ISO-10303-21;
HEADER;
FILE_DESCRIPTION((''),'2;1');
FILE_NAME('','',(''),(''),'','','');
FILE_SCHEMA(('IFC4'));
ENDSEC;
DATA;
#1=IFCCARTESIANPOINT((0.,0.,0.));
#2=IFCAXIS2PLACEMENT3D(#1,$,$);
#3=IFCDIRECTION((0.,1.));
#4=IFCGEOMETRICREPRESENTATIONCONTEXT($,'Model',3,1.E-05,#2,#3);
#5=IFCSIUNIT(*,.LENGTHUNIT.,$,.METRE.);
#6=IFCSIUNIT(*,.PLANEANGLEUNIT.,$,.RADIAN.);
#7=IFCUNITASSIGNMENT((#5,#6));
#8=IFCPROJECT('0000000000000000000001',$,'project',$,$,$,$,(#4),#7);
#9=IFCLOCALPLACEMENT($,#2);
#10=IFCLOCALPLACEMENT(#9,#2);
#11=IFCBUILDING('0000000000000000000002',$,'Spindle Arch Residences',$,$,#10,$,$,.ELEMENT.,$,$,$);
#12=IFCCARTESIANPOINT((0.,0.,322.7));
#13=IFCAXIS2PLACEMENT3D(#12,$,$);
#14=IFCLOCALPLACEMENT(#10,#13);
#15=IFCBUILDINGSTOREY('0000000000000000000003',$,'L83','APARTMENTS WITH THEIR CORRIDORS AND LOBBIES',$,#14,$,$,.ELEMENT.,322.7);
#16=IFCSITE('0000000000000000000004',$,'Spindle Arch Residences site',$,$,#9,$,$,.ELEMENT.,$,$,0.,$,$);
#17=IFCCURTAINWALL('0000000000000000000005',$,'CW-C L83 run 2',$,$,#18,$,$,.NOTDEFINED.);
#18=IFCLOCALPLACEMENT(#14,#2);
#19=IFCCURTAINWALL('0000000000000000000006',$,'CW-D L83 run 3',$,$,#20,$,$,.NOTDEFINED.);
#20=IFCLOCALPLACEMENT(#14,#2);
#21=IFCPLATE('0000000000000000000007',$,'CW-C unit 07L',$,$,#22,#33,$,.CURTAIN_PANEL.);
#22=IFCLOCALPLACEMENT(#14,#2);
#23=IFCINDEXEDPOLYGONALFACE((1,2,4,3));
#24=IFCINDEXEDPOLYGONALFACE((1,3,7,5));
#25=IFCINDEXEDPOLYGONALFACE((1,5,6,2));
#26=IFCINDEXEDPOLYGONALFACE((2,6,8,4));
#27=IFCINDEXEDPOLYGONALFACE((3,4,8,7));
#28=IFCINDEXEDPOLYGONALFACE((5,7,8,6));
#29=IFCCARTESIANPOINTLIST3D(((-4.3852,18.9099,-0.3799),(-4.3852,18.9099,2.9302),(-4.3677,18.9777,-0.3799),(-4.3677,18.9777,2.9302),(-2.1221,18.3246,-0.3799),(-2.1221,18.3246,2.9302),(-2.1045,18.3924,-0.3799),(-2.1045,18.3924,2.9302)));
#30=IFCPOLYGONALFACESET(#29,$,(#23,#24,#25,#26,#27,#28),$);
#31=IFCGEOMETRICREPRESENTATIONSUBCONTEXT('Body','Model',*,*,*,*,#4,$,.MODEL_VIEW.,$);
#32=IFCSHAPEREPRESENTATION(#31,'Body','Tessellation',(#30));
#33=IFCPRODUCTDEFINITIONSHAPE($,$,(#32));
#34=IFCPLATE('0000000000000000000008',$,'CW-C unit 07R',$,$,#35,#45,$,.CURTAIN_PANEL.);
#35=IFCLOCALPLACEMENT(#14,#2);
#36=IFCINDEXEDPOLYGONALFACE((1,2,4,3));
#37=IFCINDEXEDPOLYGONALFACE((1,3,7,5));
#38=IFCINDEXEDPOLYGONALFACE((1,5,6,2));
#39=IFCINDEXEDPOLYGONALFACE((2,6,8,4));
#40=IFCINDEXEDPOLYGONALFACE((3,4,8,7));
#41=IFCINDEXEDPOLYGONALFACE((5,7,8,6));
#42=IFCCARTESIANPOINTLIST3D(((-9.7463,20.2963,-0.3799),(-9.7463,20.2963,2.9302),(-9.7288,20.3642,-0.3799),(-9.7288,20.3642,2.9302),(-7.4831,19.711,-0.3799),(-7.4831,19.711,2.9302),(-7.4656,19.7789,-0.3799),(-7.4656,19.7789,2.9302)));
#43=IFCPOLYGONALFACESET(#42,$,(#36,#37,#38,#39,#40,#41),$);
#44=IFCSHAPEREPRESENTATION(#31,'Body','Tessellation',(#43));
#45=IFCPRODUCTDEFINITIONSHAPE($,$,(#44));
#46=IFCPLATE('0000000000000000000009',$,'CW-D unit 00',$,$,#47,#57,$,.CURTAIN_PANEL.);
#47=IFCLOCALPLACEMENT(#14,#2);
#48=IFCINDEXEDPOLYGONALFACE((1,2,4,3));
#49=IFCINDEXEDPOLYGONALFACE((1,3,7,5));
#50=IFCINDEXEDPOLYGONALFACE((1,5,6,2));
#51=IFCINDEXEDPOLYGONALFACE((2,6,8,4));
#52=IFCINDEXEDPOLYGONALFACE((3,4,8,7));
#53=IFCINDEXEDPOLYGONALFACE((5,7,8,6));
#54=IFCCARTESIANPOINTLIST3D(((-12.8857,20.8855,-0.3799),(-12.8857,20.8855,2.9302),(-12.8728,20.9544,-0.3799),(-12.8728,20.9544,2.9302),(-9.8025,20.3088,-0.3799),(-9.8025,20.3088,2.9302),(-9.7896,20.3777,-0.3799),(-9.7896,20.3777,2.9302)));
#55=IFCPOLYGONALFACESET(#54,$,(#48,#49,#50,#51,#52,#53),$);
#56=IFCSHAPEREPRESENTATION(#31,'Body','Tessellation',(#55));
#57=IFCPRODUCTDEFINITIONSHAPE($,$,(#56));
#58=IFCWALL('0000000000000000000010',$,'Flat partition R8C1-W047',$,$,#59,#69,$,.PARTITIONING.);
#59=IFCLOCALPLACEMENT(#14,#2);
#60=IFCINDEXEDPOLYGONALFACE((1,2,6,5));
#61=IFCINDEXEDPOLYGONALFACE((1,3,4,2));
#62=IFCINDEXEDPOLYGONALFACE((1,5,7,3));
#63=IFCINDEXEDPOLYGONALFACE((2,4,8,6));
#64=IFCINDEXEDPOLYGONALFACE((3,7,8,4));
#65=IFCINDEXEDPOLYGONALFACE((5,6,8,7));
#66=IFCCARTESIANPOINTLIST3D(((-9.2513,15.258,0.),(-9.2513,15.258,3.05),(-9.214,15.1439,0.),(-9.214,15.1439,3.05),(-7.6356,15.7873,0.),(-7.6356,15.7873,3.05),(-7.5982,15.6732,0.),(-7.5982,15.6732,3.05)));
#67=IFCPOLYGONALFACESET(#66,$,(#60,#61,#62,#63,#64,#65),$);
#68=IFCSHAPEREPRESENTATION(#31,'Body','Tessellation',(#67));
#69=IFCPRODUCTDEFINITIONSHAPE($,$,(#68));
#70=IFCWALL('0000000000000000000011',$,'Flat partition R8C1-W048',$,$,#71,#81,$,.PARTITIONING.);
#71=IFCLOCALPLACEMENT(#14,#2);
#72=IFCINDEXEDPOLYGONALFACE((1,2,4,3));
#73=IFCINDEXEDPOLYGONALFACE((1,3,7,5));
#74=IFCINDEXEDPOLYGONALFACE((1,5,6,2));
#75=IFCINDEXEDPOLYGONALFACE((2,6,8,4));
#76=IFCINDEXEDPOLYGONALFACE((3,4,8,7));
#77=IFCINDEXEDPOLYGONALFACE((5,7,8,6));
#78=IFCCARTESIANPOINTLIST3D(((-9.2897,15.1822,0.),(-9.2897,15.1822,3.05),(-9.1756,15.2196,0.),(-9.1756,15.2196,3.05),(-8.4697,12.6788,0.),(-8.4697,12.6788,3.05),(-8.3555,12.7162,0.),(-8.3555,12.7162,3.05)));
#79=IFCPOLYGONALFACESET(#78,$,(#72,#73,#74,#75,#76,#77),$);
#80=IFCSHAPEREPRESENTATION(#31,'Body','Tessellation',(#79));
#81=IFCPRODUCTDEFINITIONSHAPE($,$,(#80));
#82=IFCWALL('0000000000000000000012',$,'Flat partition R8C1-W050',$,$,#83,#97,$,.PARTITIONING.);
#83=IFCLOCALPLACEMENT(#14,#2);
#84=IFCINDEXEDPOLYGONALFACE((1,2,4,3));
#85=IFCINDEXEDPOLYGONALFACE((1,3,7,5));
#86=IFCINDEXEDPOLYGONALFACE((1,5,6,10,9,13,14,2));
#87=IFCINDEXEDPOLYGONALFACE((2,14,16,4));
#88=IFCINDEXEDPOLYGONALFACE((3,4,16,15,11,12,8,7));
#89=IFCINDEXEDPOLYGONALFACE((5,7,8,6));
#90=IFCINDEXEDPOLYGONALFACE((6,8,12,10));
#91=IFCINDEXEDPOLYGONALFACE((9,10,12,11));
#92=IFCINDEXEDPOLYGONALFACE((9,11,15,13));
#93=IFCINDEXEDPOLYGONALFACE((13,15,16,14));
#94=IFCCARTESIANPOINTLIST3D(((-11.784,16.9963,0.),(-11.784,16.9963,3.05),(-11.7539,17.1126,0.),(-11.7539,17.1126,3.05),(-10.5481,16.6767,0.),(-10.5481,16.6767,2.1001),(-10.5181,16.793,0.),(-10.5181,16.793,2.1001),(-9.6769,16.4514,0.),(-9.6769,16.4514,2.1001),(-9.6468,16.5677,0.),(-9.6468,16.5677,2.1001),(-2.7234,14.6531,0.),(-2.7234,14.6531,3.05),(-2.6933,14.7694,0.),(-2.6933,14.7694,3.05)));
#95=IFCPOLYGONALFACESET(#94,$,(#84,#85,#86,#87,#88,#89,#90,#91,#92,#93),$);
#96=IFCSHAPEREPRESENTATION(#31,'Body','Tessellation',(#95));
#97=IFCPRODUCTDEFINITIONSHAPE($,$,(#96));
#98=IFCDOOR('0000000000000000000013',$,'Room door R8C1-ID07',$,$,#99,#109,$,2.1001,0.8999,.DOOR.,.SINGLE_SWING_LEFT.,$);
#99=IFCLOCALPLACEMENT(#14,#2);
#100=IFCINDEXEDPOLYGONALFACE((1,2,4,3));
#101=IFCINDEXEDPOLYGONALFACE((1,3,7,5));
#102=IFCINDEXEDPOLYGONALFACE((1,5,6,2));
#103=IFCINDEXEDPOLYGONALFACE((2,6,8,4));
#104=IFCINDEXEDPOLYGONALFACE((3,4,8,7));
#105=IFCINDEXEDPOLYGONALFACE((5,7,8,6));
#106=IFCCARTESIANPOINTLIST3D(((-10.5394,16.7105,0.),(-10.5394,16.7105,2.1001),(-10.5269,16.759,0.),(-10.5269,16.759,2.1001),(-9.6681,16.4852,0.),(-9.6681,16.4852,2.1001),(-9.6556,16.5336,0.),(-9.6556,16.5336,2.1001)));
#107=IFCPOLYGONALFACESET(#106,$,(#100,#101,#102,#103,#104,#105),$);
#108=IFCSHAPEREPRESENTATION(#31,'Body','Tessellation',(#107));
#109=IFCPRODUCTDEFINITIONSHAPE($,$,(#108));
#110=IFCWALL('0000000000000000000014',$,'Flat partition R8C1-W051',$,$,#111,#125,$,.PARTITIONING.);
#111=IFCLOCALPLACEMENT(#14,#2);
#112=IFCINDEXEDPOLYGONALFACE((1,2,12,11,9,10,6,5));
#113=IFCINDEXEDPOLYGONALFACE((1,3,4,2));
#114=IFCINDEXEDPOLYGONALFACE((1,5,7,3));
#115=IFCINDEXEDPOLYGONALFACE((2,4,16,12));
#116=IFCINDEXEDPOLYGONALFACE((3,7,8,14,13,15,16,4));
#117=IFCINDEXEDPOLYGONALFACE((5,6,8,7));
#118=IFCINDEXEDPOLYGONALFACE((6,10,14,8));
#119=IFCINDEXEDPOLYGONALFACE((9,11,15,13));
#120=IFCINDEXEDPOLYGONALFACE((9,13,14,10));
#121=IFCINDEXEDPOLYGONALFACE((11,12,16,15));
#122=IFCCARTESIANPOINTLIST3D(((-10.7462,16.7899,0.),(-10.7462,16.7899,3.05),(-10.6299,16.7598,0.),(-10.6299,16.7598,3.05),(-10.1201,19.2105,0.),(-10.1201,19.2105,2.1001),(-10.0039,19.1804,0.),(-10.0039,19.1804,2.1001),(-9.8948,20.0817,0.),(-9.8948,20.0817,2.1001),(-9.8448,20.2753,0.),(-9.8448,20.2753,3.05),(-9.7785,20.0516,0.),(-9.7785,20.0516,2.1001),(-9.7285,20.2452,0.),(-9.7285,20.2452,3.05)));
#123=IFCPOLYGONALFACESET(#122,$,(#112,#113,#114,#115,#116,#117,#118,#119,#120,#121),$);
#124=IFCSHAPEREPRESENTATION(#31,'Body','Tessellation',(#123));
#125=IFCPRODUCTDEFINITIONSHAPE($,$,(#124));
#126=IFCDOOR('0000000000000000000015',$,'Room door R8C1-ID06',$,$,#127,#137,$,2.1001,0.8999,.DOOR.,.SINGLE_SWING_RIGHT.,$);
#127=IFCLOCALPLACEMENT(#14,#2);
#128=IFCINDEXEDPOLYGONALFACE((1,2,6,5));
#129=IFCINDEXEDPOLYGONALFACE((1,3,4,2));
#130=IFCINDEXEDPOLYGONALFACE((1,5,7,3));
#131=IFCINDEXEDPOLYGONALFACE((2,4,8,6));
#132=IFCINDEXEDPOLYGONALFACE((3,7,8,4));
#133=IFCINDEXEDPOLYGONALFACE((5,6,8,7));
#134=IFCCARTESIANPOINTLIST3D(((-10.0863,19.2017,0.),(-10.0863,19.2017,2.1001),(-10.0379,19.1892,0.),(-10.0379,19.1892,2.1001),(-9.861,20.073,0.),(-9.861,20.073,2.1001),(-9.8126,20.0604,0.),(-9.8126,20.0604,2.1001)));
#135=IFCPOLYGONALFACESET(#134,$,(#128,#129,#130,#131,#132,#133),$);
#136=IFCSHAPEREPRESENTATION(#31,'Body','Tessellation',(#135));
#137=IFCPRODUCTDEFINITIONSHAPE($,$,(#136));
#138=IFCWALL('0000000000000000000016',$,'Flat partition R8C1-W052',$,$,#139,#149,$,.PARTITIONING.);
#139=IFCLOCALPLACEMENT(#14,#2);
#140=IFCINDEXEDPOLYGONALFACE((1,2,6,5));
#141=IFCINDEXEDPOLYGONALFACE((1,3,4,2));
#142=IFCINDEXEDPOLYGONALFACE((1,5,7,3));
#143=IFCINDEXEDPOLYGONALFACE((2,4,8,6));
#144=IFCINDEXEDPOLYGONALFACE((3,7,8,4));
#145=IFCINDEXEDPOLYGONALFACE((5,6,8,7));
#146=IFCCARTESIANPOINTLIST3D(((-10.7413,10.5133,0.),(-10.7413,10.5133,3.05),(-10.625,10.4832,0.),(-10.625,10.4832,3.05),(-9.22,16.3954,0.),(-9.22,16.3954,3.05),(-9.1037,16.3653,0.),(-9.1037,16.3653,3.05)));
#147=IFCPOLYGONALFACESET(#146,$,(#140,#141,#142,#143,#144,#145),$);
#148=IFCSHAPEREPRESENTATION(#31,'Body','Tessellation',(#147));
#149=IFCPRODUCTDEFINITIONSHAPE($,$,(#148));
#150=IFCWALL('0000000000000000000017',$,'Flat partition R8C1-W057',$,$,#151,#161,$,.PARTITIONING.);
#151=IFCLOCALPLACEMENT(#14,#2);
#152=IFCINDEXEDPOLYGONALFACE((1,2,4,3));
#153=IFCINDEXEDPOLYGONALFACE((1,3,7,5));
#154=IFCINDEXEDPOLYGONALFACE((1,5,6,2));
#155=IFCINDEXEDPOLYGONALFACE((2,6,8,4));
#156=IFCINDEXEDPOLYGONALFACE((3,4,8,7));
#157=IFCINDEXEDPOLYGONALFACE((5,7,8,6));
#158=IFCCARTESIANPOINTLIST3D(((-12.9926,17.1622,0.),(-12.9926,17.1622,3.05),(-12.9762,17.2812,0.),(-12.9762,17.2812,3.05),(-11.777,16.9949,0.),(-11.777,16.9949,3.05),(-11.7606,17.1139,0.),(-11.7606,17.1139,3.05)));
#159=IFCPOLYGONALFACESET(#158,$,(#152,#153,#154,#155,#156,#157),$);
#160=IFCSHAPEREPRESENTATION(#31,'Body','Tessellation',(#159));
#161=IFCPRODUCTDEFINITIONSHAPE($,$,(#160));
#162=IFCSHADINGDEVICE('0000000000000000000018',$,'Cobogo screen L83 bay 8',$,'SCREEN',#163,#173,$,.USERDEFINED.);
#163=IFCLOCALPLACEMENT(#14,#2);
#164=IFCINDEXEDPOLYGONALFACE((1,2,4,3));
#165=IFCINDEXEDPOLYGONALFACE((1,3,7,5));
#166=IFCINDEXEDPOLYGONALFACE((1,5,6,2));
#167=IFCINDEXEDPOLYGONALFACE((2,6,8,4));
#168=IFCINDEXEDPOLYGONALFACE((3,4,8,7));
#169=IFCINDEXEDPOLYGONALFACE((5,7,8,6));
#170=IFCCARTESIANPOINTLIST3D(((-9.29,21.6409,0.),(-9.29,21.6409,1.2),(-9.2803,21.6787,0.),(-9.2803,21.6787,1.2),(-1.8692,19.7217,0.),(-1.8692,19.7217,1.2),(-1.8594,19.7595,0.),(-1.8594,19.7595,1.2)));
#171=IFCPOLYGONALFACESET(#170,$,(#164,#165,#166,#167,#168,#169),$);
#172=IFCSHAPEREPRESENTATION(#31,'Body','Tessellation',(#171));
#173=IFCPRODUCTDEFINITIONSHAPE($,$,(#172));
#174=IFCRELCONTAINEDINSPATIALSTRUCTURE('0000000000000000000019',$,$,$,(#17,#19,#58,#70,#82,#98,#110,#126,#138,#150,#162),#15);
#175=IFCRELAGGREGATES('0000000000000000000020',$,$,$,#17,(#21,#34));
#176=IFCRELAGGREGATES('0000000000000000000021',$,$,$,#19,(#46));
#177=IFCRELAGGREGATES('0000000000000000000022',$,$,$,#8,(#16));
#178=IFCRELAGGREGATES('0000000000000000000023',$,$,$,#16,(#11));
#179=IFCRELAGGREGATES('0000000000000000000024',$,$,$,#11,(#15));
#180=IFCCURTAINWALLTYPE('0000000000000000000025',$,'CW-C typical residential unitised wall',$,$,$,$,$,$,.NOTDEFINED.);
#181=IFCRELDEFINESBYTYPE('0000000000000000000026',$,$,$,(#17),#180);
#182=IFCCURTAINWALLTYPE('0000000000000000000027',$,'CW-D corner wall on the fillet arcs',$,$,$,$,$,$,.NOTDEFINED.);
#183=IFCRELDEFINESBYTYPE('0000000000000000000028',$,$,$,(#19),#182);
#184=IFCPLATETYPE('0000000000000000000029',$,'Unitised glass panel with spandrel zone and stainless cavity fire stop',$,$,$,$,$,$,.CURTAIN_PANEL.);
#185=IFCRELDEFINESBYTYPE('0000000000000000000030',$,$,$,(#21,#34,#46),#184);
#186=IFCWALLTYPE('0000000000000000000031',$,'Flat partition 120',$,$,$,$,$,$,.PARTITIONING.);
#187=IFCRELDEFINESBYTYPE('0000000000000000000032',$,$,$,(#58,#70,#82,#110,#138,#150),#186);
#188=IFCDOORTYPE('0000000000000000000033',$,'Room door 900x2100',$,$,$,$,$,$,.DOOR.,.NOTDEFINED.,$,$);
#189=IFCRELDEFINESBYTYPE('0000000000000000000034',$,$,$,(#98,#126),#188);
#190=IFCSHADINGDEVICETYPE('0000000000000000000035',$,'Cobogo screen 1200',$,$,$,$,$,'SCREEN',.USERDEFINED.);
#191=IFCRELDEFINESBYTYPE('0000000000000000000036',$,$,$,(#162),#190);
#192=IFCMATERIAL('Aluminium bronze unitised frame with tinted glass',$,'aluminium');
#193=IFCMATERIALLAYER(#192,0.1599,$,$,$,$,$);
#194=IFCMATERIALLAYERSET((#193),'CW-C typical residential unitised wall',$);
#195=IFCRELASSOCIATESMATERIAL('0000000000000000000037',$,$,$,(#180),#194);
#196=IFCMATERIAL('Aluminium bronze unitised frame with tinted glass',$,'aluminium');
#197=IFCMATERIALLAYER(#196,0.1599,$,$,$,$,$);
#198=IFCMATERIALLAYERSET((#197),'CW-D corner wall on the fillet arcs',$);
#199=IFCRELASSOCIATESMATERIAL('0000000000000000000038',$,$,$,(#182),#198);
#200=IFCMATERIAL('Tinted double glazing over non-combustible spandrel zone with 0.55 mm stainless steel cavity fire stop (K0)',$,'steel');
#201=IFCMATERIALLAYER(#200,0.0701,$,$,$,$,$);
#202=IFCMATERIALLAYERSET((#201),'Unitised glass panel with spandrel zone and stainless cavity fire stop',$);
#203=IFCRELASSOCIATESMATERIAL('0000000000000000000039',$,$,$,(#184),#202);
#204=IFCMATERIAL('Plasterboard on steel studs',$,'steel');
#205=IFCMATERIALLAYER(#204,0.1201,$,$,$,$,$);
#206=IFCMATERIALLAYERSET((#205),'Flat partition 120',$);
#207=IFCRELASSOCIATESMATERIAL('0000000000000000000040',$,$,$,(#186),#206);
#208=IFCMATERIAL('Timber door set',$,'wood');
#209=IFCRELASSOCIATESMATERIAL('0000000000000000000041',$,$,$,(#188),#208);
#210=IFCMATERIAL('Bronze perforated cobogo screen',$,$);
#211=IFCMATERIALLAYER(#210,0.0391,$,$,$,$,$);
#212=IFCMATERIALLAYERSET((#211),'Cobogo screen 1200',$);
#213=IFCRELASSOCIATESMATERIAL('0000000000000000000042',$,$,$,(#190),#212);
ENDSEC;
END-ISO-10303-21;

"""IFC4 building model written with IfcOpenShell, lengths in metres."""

from ifc_helpers import new_model, si_unit, direction, frame, frame_2d, origin, origin_2d, place, context, subcontext, project, spatial, rectangle, extrude, material, layer, layer_set, type_object, element, fill, aggregate, save


model = new_model("IFC4")

# Units and contexts
model_context = context("Model", 3, precision=1e-05, world=origin(), true_north=direction((0.0, 1.0)))
body_context = subcontext(model_context, "Body", "Model", "MODEL_VIEW")
ifc_project = project(units=[si_unit("LENGTHUNIT", "METRE"), si_unit("PLANEANGLEUNIT", "RADIAN")], contexts=[model_context])

# Site, building, storey
site_placement = place(None, origin())
site = spatial("IfcSite", under=ifc_project, at=site_placement, Name="Spindle Arch Residences site", CompositionType="ELEMENT", RefElevation=0.0)
building_placement = place(site_placement, origin())
building = spatial("IfcBuilding", under=site, at=building_placement, Name="Spindle Arch Residences", CompositionType="ELEMENT")
storey_placement = place(building_placement, frame((0.0, 0.0, 322.7)))
storey = spatial("IfcBuildingStorey", under=building, at=storey_placement, Name="L83", Description="APARTMENTS WITH THEIR CORRIDORS AND LOBBIES", CompositionType="ELEMENT", Elevation=322.7)

# Curtain wall
ifc_material_1 = material(Name="Aluminium bronze unitised frame with tinted glass", Category="aluminium")
ifc_layer_1 = layer(ifc_material_1, 0.1599)
ifc_layer_set_1 = layer_set([ifc_layer_1], Name="CW-C typical residential unitised wall")
curtain_wall_type_1 = type_object("IfcCurtainWallType", Name="CW-C typical residential unitised wall", PredefinedType="NOTDEFINED", material=ifc_layer_set_1)
curtain_wall_1_placement = place(storey_placement, origin())
curtain_wall_1 = element("IfcCurtainWall", 1, at=curtain_wall_1_placement, inside=storey, type_object=curtain_wall_type_1, Name="CW-C L83 run 2", PredefinedType="NOTDEFINED")

# Curtain wall
ifc_material_2 = material(Name="Aluminium bronze unitised frame with tinted glass", Category="aluminium")
ifc_layer_2 = layer(ifc_material_2, 0.1599)
ifc_layer_set_2 = layer_set([ifc_layer_2], Name="CW-D corner wall on the fillet arcs")
curtain_wall_type_2 = type_object("IfcCurtainWallType", Name="CW-D corner wall on the fillet arcs", PredefinedType="NOTDEFINED", material=ifc_layer_set_2)
curtain_wall_2_placement = place(storey_placement, origin())
curtain_wall_2 = element("IfcCurtainWall", 2, at=curtain_wall_2_placement, inside=storey, type_object=curtain_wall_type_2, Name="CW-D L83 run 3", PredefinedType="NOTDEFINED")

# Plates
ifc_material_3 = material(Name="Tinted double glazing over non-combustible spandrel zone with 0.55 mm stainless steel cavity fire stop (K0)", Category="steel")
ifc_layer_3 = layer(ifc_material_3, 0.0701)
ifc_layer_set_3 = layer_set([ifc_layer_3], Name="Unitised glass panel with spandrel zone and stainless cavity fire stop")
plate_type = type_object("IfcPlateType", Name="Unitised glass panel with spandrel zone and stainless cavity fire stop", PredefinedType="CURTAIN_PANEL", material=ifc_layer_set_3)
plate_1_placement = place(storey_placement, frame((-3.2449, 18.6511, -0.3799), z_axis=(0.0, 0.0, 1.0), x_axis=(-0.968148, 0.25038, 0.0)))
plate_1 = element("IfcPlate", 3, at=plate_1_placement, type_object=plate_type, Name="CW-C unit 07L", PredefinedType="CURTAIN_PANEL", context=body_context, shape_type="SweptSolid", body=[
    extrude(rectangle(XDim=2.3376, YDim=0.0701, at=origin_2d()), origin(), (0.0, 0.0, 1.0), 3.3101),
])
plate_2_placement = place(storey_placement, frame((-8.606, 20.0376, -0.3799), z_axis=(0.0, 0.0, 1.0), x_axis=(-0.968148, 0.25038, 0.0)))
plate_2 = element("IfcPlate", 4, at=plate_2_placement, type_object=plate_type, Name="CW-C unit 07R", PredefinedType="CURTAIN_PANEL", context=body_context, shape_type="SweptSolid", body=[
    extrude(rectangle(XDim=2.3376, YDim=0.0701, at=origin_2d()), origin(), (0.0, 0.0, 1.0), 3.3101),
])
aggregate(curtain_wall_1, [plate_1, plate_2])
plate_3_placement = place(storey_placement, frame((-11.3376, 20.6316, -0.3799), z_axis=(0.0, 0.0, 1.0), x_axis=(-0.982957, 0.183837, 0.0)))
plate_3 = element("IfcPlate", 5, at=plate_3_placement, type_object=plate_type, Name="CW-D unit 00", PredefinedType="CURTAIN_PANEL", context=body_context, shape_type="SweptSolid", body=[
    extrude(rectangle(XDim=3.1367, YDim=0.0701, at=origin_2d()), origin(), (0.0, 0.0, 1.0), 3.3101),
])
aggregate(curtain_wall_2, [plate_3])

# Walls
ifc_material_4 = material(Name="Plasterboard on steel studs", Category="steel")
ifc_layer_4 = layer(ifc_material_4, 0.1201)
ifc_layer_set_4 = layer_set([ifc_layer_4], Name="Flat partition 120")
wall_type_1 = type_object("IfcWallType", Name="Flat partition 120", PredefinedType="PARTITIONING", material=ifc_layer_set_4)
wall_1_placement = place(storey_placement, frame((-7.6169, 15.7302, 0.0), z_axis=(0.0, 0.0, 1.0), x_axis=(-0.950308, -0.311313, 0.0)))
element("IfcWall", 6, at=wall_1_placement, inside=storey, type_object=wall_type_1, Name="Flat partition R8C1-W047", PredefinedType="PARTITIONING", context=body_context, shape_type="SweptSolid", body=[
    extrude(rectangle(XDim=1.7002, YDim=0.1201, at=frame_2d((0.8501, 0.0))), origin(), (0.0, 0.0, 1.0), 3.05),
])
wall_2_placement = place(storey_placement, frame((-9.2327, 15.2009, 0.0), z_axis=(0.0, 0.0, 1.0), x_axis=(0.311302, -0.950311, 0.0)))
element("IfcWall", 7, at=wall_2_placement, inside=storey, type_object=wall_type_1, Name="Flat partition R8C1-W048", PredefinedType="PARTITIONING", context=body_context, shape_type="SweptSolid", body=[
    extrude(rectangle(XDim=2.6343, YDim=0.1201, at=frame_2d((1.3171, 0.0))), origin(), (0.0, 0.0, 1.0), 3.05),
])

# Walls, openings, doors
wall_3_placement = place(storey_placement, frame((-11.7688, 17.0544, 0.0), z_axis=(0.0, 0.0, 1.0), x_axis=(0.968146, -0.250385, 0.0)))
wall_3 = element("IfcWall", 8, at=wall_3_placement, inside=storey, type_object=wall_type_1, Name="Flat partition R8C1-W050", PredefinedType="PARTITIONING", context=body_context, shape_type="SweptSolid", body=[
    extrude(rectangle(XDim=9.3586, YDim=0.1201, at=frame_2d((4.6792, 0.0))), origin(), (0.0, 0.0, 1.0), 3.05),
])
opening_1_placement = place(wall_3_placement, frame((1.2764, 0.0, 0.0)))
opening_1 = element("IfcOpeningElement", 9, at=opening_1_placement, cuts=wall_3, PredefinedType="OPENING", context=body_context, shape_type="SweptSolid", body=[
    extrude(rectangle(XDim=0.8999, YDim=2.1001, at=frame_2d((0.45, 1.05))), frame((0.0, 0.0701, 0.0), z_axis=(0.0, -1.0, 0.0), x_axis=(1.0, 0.0, 0.0)), (0.0, 0.0, 1.0), 0.1401),
])
ifc_material_5 = material(Name="Timber door set", Category="wood")
door_type_1 = type_object("IfcDoorType", Name="Room door 900x2100", OperationType="NOTDEFINED", PredefinedType="DOOR", material=ifc_material_5)
door_1_placement = place(opening_1_placement, origin())
door_1 = element("IfcDoor", 10, at=door_1_placement, inside=storey, type_object=door_type_1, Name="Room door R8C1-ID07", OperationType="SINGLE_SWING_LEFT", OverallHeight=2.1001, OverallWidth=0.8999, PredefinedType="DOOR", context=body_context, shape_type="SweptSolid", body=[
    extrude(rectangle(XDim=0.8999, YDim=2.1001, at=frame_2d((0.45, 1.05))), frame((0.0, 0.0249, 0.0), z_axis=(0.0, -1.0, 0.0), x_axis=(1.0, 0.0, 0.0)), (0.0, 0.0, 1.0), 0.05),
])
fill(opening_1, door_1)
wall_4_placement = place(storey_placement, frame((-9.7866, 20.2603, 0.0), z_axis=(0.0, 0.0, 1.0), x_axis=(-0.250378, -0.968148, 0.0)))
wall_4 = element("IfcWall", 11, at=wall_4_placement, inside=storey, type_object=wall_type_1, Name="Flat partition R8C1-W051", PredefinedType="PARTITIONING", context=body_context, shape_type="SweptSolid", body=[
    extrude(rectangle(XDim=3.6001, YDim=0.1201, at=frame_2d((1.8, 0.0))), origin(), (0.0, 0.0, 1.0), 3.05),
])
opening_2_placement = place(wall_4_placement, frame((0.2, 0.0, 0.0)))
opening_2 = element("IfcOpeningElement", 12, at=opening_2_placement, cuts=wall_4, PredefinedType="OPENING", context=body_context, shape_type="SweptSolid", body=[
    extrude(rectangle(XDim=0.8999, YDim=2.1001, at=frame_2d((0.45, 1.05))), frame((0.0, 0.0701, 0.0), z_axis=(0.0, -1.0, 0.0), x_axis=(1.0, 0.0, 0.0)), (0.0, 0.0, 1.0), 0.1401),
])
door_2_placement = place(opening_2_placement, origin())
door_2 = element("IfcDoor", 13, at=door_2_placement, inside=storey, type_object=door_type_1, Name="Room door R8C1-ID06", OperationType="SINGLE_SWING_RIGHT", OverallHeight=2.1001, OverallWidth=0.8999, PredefinedType="DOOR", context=body_context, shape_type="SweptSolid", body=[
    extrude(rectangle(XDim=0.8999, YDim=2.1001, at=frame_2d((0.45, 1.05))), frame((0.0, 0.0249, 0.0), z_axis=(0.0, -1.0, 0.0), x_axis=(1.0, 0.0, 0.0)), (0.0, 0.0, 1.0), 0.05),
])
fill(opening_2, door_2)

# Walls
wall_5_placement = place(storey_placement, frame((-9.1619, 16.3804, 0.0), z_axis=(0.0, 0.0, 1.0), x_axis=(-0.250385, -0.968146, 0.0)))
element("IfcWall", 14, at=wall_5_placement, inside=storey, type_object=wall_type_1, Name="Flat partition R8C1-W052", PredefinedType="PARTITIONING", context=body_context, shape_type="SweptSolid", body=[
    extrude(rectangle(XDim=6.0757, YDim=0.1201, at=frame_2d((3.0378, 0.0))), origin(), (0.0, 0.0, 1.0), 3.05),
])
wall_6_placement = place(storey_placement, frame((-12.9844, 17.2217, 0.0), z_axis=(0.0, 0.0, 1.0), x_axis=(0.990668, -0.136294, 0.0)))
element("IfcWall", 15, at=wall_6_placement, inside=storey, type_object=wall_type_1, Name="Flat partition R8C1-W057", PredefinedType="PARTITIONING", context=body_context, shape_type="SweptSolid", body=[
    extrude(rectangle(XDim=1.2271, YDim=0.1201, at=frame_2d((0.6135, 0.0))), origin(), (0.0, 0.0, 1.0), 3.05),
])

# Shading device
ifc_material_6 = material(Name="Bronze perforated cobogo screen")
ifc_layer_5 = layer(ifc_material_6, 0.0391)
ifc_layer_set_5 = layer_set([ifc_layer_5], Name="Cobogo screen 1200")
shading_device_type = type_object("IfcShadingDeviceType", Name="Cobogo screen 1200", ElementType="SCREEN", PredefinedType="USERDEFINED", material=ifc_layer_set_5)
shading_device_placement = place(storey_placement, frame((-5.5747, 20.7002, 0.0), z_axis=(0.0, 0.0, 1.0), x_axis=(-0.968148, 0.25038, 0.0)))
element("IfcShadingDevice", 16, at=shading_device_placement, inside=storey, type_object=shading_device_type, Name="Cobogo screen L83 bay 8", ObjectType="SCREEN", PredefinedType="USERDEFINED", context=body_context, shape_type="SweptSolid", body=[
    extrude(rectangle(XDim=7.665, YDim=0.0391, at=origin_2d()), origin(), (0.0, 0.0, 1.0), 1.2),
])

save(model, "model.ifc")
